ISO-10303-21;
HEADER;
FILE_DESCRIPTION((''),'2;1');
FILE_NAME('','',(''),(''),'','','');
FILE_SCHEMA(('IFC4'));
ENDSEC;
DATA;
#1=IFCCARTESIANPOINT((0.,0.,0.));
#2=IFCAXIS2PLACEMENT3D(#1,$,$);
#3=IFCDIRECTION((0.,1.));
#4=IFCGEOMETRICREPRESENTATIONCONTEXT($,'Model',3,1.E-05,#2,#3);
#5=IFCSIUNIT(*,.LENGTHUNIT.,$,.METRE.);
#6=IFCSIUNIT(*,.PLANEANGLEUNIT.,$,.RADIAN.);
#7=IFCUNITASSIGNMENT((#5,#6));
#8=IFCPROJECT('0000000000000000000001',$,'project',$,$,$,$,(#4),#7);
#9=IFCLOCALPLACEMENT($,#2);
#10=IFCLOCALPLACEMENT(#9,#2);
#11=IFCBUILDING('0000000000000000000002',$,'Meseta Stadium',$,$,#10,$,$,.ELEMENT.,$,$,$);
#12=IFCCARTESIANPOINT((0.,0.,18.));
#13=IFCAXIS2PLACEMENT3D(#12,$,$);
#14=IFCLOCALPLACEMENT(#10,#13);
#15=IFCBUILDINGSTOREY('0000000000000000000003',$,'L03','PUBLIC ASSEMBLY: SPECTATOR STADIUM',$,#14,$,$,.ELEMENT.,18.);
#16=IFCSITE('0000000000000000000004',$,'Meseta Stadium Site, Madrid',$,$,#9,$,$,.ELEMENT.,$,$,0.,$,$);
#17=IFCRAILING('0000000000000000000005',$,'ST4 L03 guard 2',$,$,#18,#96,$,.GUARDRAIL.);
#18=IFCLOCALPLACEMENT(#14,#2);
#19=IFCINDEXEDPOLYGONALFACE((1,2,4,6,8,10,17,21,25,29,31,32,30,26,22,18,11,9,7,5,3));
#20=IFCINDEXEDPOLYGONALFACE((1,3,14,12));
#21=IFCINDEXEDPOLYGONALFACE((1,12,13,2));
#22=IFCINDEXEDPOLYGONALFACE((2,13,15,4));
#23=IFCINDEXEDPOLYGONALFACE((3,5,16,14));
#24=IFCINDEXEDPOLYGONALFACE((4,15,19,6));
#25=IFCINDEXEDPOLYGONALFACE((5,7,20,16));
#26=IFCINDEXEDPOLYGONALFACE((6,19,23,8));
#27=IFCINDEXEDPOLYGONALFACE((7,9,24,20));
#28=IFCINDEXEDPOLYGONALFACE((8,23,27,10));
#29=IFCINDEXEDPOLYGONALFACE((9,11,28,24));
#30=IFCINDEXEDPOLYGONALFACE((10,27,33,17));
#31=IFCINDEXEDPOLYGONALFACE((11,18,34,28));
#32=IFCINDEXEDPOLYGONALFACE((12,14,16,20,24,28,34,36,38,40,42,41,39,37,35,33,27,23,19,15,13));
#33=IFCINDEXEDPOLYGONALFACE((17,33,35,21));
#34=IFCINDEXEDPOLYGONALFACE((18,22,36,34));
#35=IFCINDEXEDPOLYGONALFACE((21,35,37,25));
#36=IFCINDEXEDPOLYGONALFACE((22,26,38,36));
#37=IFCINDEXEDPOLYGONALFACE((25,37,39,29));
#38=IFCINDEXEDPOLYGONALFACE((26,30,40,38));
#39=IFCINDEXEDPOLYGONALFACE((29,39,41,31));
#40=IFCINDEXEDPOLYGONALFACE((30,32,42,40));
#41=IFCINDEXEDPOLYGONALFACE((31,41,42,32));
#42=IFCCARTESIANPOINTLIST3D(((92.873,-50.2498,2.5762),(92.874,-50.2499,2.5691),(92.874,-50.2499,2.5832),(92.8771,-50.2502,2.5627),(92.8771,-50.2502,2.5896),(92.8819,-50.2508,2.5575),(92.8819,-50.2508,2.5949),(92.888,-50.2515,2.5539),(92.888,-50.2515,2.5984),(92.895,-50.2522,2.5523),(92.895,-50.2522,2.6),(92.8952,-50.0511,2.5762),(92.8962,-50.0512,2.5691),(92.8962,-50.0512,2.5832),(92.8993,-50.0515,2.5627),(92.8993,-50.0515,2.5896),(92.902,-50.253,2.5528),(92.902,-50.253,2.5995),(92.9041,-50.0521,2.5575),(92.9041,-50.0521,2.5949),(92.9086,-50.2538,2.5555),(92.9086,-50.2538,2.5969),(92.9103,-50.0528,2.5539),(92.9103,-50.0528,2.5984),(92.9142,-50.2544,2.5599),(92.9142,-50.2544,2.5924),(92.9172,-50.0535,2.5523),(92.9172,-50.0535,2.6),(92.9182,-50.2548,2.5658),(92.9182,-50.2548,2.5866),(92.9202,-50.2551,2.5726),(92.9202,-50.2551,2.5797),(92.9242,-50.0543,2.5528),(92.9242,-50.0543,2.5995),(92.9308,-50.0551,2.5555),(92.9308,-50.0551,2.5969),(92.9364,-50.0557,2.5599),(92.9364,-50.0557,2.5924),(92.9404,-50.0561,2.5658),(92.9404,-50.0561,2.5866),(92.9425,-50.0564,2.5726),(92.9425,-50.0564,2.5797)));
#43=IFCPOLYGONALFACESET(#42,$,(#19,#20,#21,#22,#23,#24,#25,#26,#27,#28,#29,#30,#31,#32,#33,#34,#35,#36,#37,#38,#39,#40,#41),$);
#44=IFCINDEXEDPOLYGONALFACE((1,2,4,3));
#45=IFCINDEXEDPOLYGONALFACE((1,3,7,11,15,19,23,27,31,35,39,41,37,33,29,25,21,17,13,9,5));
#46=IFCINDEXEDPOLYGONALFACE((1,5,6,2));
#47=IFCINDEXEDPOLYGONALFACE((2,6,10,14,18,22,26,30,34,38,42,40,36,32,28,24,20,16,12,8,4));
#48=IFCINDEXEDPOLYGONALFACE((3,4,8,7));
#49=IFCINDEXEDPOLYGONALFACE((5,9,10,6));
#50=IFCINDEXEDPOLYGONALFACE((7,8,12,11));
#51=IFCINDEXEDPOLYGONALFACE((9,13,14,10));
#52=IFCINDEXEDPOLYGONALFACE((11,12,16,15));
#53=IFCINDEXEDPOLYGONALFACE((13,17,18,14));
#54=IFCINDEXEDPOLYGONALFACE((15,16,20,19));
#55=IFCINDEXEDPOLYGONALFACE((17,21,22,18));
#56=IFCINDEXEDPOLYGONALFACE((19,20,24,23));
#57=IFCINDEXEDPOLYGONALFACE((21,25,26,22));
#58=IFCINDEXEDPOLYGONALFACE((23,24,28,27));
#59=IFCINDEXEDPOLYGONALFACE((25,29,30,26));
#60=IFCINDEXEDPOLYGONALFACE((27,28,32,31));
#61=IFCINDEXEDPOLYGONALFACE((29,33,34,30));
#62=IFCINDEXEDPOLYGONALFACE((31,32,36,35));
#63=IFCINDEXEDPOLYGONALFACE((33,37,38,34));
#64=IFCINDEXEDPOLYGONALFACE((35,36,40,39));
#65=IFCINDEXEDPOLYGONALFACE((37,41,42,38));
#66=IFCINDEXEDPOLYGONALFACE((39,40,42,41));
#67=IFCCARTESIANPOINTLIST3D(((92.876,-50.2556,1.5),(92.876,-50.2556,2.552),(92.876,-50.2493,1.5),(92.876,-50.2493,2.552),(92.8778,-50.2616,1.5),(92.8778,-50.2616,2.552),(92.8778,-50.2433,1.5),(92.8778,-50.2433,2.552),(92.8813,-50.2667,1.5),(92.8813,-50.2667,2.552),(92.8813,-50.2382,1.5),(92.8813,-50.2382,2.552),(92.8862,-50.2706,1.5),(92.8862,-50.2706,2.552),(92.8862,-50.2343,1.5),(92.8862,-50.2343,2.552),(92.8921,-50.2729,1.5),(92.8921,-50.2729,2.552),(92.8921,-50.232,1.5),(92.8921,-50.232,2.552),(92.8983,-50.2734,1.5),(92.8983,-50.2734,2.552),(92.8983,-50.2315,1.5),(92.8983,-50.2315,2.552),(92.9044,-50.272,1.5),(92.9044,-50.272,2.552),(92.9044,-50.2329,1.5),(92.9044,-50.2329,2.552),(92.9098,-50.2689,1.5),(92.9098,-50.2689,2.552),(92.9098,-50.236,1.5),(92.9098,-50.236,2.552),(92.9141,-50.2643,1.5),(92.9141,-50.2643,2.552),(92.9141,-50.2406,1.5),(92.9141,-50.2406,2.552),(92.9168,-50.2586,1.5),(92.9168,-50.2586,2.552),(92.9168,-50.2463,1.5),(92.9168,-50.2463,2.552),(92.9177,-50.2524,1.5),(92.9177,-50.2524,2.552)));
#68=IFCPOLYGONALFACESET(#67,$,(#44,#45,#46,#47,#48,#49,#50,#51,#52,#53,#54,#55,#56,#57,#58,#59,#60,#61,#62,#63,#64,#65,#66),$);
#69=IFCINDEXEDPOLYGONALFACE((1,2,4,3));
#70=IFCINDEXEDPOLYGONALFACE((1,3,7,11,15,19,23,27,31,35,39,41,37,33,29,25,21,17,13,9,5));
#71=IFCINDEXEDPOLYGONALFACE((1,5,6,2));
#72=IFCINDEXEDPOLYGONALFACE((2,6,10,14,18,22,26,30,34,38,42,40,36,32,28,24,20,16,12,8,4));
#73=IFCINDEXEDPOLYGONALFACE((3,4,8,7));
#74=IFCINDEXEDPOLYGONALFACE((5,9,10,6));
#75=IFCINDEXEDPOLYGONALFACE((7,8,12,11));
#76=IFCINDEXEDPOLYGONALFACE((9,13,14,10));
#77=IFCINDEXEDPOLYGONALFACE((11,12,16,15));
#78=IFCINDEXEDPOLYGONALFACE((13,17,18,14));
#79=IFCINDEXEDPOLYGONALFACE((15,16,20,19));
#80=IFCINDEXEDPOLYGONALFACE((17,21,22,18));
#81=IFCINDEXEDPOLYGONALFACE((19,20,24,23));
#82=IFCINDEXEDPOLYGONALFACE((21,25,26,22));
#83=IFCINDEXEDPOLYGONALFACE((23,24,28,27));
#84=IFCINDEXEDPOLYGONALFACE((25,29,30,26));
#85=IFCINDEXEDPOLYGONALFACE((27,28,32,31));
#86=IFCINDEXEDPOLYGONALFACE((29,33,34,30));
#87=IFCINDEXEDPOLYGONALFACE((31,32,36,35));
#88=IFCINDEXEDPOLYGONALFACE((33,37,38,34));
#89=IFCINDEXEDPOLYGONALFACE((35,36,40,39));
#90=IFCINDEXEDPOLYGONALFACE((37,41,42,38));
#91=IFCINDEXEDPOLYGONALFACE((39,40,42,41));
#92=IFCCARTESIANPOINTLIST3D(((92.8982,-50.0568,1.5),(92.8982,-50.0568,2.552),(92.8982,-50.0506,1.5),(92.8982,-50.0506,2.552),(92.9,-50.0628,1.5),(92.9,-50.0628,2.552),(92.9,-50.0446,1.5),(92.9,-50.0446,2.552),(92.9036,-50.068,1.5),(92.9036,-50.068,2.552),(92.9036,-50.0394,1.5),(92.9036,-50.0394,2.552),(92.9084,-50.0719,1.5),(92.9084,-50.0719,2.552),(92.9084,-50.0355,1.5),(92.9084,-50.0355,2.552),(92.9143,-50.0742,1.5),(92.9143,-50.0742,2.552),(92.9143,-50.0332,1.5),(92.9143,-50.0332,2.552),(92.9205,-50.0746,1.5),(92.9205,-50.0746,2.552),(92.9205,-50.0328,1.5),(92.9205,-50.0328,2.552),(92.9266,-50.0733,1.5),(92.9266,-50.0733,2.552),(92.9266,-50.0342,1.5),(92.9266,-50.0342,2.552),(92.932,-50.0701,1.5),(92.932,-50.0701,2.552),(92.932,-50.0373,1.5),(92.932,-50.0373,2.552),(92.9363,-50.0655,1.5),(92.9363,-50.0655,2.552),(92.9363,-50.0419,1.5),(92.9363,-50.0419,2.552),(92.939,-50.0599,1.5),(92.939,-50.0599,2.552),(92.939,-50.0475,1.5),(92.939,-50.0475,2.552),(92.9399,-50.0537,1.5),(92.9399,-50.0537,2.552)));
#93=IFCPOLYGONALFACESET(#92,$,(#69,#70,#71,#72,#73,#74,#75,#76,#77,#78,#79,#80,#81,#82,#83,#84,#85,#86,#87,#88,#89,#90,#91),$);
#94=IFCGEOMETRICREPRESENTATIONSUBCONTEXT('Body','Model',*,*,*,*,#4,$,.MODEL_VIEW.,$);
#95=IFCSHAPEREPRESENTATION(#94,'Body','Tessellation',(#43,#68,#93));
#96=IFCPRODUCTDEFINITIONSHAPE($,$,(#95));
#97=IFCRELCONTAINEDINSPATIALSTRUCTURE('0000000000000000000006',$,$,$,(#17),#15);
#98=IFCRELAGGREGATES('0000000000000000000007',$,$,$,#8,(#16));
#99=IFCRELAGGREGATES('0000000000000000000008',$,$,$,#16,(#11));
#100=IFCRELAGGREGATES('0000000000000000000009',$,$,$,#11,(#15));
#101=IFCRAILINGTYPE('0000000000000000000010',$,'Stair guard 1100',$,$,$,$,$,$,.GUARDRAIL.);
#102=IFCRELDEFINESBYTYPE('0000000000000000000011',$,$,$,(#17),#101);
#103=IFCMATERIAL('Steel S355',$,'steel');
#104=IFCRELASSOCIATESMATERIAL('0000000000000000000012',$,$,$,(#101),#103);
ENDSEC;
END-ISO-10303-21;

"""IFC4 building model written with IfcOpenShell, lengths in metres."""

from ifc_helpers import new_model, si_unit, direction, frame, origin, origin_2d, place, context, subcontext, project, spatial, circle, extrude, material, type_object, element, save


model = new_model("IFC4")

# Units and contexts
model_context = context("Model", 3, precision=1e-05, world=origin(), true_north=direction((0.0, 1.0)))
body_context = subcontext(model_context, "Body", "Model", "MODEL_VIEW")
ifc_project = project(units=[si_unit("LENGTHUNIT", "METRE"), si_unit("PLANEANGLEUNIT", "RADIAN")], contexts=[model_context])

# Site, building, storey
site_placement = place(None, origin())
site = spatial("IfcSite", under=ifc_project, at=site_placement, Name="Meseta Stadium Site, Madrid", CompositionType="ELEMENT", RefElevation=0.0)
building_placement = place(site_placement, origin())
building = spatial("IfcBuilding", under=site, at=building_placement, Name="Meseta Stadium", CompositionType="ELEMENT")
storey_placement = place(building_placement, frame((0.0, 0.0, 18.0)))
storey = spatial("IfcBuildingStorey", under=building, at=storey_placement, Name="L03", Description="PUBLIC ASSEMBLY: SPECTATOR STADIUM", CompositionType="ELEMENT", Elevation=18.0)

# Railing
ifc_material_1 = material(Name="Steel S355", Category="steel")
railing_type_1 = type_object("IfcRailingType", Name="Stair guard 1100", PredefinedType="GUARDRAIL", material=ifc_material_1)
railing_1_placement = place(storey_placement, frame((92.8967, -50.2524, 1.5)))
element("IfcRailing", 1, at=railing_1_placement, inside=storey, type_object=railing_type_1, Name="ST4 L03 guard 2", PredefinedType="GUARDRAIL", context=body_context, shape_type="SweptSolid", body=[
    extrude(circle(Radius=0.0239, at=origin_2d()), frame((0.0, 0.0, 1.0762), z_axis=(0.111102, 0.993809, 0.0), x_axis=(-0.993809, 0.111102, 0.0)), (0.0, 0.0, 1.0), 0.2),
    extrude(circle(Radius=0.021, at=origin_2d()), origin(), (0.0, 0.0, 1.0), 1.052),
    extrude(circle(Radius=0.021, at=origin_2d()), frame((0.0222, 0.1987, 0.0)), (0.0, 0.0, 1.0), 1.052),
])

save(model, "model.ifc")
